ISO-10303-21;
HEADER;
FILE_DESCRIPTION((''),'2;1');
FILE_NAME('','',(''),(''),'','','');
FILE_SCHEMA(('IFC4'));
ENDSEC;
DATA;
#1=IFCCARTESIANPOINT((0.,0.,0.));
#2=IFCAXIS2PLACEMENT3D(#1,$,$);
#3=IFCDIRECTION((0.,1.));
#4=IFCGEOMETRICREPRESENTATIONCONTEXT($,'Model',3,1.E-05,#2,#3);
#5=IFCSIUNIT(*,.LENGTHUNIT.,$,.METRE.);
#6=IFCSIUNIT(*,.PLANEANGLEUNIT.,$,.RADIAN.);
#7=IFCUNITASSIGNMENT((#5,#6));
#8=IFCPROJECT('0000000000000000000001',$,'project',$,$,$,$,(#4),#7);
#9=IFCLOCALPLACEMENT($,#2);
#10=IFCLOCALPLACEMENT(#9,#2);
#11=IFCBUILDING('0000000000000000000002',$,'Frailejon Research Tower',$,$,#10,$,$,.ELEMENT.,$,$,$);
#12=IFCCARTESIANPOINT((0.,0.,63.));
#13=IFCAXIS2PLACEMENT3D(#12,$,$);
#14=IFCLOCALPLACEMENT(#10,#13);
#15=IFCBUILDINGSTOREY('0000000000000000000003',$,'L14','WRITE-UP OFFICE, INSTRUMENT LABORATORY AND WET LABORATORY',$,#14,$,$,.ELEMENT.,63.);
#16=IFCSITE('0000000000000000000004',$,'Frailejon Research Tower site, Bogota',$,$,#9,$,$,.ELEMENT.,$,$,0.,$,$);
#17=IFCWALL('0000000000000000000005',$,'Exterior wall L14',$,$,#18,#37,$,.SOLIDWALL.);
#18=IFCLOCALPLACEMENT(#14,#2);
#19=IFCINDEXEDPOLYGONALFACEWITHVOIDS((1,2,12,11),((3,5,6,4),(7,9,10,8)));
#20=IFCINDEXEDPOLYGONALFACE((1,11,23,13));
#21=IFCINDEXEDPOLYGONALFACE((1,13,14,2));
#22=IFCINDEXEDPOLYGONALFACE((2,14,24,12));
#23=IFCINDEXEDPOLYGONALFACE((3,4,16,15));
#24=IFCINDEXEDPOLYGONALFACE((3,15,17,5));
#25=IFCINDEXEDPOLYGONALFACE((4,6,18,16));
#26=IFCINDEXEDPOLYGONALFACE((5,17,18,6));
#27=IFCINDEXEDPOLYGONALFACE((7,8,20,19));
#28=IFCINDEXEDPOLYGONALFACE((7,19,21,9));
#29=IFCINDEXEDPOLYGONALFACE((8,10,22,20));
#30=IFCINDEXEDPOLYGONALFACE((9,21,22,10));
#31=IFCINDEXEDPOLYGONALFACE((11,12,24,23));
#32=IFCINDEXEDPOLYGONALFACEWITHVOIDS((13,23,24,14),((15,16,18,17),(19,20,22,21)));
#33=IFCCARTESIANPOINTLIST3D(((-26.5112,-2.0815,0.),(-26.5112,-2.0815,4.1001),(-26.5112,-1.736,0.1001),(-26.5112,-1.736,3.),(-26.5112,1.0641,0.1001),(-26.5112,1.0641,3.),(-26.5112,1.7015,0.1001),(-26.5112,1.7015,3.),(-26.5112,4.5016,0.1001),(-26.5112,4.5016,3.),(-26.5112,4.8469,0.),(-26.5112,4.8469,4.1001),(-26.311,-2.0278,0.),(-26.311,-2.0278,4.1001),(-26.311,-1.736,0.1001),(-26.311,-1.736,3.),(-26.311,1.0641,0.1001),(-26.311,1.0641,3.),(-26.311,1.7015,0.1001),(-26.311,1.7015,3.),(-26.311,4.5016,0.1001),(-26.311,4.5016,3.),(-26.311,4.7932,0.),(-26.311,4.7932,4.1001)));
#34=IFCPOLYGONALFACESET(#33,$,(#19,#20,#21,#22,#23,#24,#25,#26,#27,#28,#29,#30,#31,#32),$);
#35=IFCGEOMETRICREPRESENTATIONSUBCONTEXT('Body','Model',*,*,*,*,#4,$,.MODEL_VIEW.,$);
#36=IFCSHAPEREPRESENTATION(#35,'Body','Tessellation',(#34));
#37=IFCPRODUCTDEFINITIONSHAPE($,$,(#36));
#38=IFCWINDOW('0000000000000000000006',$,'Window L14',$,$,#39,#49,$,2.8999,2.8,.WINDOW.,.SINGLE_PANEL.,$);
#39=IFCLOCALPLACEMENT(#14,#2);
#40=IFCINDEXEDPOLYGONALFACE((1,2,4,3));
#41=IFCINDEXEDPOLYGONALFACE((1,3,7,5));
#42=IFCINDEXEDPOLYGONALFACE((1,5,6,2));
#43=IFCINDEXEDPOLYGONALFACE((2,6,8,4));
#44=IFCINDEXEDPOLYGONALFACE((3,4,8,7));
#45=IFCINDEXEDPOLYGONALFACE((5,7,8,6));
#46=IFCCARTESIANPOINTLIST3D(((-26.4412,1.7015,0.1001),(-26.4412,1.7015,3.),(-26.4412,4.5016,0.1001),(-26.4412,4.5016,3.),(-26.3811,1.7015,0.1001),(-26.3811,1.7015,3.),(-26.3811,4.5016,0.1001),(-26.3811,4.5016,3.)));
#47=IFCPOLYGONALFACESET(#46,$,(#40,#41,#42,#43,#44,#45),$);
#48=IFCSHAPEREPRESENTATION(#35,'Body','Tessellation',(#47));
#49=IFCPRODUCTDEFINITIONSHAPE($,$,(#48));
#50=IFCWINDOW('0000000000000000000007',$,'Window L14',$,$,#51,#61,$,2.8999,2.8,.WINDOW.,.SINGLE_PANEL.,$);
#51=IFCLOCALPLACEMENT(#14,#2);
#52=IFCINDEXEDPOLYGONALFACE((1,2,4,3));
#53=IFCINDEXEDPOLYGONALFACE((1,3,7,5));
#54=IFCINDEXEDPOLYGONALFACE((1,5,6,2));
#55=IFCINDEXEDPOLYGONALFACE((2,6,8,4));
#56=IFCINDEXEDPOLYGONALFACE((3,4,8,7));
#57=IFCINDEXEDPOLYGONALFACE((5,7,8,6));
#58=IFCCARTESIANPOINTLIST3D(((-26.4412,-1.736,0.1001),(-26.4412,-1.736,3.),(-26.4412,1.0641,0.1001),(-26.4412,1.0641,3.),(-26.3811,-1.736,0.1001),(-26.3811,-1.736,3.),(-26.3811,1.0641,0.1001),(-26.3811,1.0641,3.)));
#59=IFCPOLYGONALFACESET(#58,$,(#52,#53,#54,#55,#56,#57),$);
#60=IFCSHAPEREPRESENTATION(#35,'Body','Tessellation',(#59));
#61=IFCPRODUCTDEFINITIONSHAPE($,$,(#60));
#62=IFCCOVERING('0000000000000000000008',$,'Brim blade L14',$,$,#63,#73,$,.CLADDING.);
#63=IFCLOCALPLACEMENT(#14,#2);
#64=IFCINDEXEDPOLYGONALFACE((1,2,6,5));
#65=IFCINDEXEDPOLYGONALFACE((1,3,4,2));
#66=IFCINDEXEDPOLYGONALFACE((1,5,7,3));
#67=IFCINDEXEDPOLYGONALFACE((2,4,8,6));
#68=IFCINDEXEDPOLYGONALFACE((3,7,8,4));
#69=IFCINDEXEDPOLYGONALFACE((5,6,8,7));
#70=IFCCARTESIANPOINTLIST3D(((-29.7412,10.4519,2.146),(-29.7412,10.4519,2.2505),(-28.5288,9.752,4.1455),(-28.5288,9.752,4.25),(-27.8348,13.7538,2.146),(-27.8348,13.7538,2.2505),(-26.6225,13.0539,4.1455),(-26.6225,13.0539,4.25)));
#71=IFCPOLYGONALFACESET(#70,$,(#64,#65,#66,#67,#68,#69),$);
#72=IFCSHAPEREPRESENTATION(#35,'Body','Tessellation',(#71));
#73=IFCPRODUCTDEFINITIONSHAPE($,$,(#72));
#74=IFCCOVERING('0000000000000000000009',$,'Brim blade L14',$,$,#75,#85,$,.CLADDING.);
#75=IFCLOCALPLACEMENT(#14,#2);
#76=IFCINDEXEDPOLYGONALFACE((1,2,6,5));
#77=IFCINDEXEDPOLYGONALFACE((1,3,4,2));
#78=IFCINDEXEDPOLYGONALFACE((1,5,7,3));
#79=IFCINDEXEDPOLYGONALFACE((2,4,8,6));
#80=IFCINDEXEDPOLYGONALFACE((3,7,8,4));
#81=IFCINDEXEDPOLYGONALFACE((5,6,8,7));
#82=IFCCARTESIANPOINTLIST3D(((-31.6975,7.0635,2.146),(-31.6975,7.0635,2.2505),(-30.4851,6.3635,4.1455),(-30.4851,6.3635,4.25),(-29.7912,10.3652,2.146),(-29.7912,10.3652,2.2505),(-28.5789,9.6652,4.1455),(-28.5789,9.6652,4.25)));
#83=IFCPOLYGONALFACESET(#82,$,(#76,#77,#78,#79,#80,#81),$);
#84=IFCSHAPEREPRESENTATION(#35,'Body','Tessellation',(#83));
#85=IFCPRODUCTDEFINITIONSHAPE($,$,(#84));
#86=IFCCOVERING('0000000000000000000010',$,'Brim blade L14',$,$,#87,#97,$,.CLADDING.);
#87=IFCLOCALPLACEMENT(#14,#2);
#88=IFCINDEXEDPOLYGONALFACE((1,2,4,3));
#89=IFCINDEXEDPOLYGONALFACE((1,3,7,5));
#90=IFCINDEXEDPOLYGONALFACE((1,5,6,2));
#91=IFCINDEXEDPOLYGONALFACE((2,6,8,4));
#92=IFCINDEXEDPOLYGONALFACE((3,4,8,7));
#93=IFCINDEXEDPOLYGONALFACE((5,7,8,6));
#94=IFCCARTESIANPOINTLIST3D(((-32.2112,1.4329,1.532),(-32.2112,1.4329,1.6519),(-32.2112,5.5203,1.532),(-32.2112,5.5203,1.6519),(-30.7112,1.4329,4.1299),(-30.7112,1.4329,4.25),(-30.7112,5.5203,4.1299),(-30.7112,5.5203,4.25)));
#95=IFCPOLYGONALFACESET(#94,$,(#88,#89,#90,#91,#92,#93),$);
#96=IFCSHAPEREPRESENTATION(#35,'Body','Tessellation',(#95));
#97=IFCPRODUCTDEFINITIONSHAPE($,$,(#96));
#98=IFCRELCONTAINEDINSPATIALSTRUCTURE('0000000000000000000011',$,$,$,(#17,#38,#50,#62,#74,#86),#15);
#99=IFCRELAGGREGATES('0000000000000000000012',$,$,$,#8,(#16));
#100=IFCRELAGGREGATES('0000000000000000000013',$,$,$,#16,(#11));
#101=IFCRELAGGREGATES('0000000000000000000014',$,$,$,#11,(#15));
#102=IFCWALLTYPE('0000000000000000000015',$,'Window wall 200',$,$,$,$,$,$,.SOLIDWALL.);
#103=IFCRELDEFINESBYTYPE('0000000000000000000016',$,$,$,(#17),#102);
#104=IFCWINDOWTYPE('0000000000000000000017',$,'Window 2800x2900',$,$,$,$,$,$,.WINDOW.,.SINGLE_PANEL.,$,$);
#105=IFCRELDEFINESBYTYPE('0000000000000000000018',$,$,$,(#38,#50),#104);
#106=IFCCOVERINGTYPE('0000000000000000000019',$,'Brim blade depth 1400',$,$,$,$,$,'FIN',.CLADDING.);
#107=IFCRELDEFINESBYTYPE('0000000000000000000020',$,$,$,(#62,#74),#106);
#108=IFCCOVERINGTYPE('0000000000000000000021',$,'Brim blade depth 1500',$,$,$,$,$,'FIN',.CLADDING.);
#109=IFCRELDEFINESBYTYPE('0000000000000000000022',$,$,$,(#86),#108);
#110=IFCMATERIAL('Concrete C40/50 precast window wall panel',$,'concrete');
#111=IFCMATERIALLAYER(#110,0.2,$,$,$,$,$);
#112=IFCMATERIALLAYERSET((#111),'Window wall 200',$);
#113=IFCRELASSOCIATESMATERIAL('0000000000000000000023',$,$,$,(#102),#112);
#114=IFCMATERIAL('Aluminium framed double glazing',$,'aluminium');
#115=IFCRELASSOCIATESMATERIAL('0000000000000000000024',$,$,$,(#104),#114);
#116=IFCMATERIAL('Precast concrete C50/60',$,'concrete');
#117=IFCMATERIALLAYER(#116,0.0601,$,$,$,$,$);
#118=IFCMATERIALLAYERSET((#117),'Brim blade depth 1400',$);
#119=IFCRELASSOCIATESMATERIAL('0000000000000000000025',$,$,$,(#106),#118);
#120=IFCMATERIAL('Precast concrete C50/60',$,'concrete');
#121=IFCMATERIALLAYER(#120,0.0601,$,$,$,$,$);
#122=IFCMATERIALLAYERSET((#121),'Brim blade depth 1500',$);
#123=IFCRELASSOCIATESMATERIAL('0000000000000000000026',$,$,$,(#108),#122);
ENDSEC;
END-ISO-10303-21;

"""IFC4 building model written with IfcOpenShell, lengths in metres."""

from ifc_helpers import new_model, si_unit, direction, frame, frame_2d, origin, place, context, subcontext, project, spatial, polyline, rectangle, outline, extrude, material, layer, layer_set, type_object, element, fill, save


model = new_model("IFC4")

# Units and contexts
model_context = context("Model", 3, precision=1e-05, world=origin(), true_north=direction((0.0, 1.0)))
body_context = subcontext(model_context, "Body", "Model", "MODEL_VIEW")
ifc_project = project(units=[si_unit("LENGTHUNIT", "METRE"), si_unit("PLANEANGLEUNIT", "RADIAN")], contexts=[model_context])

# Site, building, storey
site_placement = place(None, origin())
site = spatial("IfcSite", under=ifc_project, at=site_placement, Name="Frailejon Research Tower site, Bogota", CompositionType="ELEMENT", RefElevation=0.0)
building_placement = place(site_placement, origin())
building = spatial("IfcBuilding", under=site, at=building_placement, Name="Frailejon Research Tower", CompositionType="ELEMENT")
storey_placement = place(building_placement, frame((0.0, 0.0, 63.0)))
storey = spatial("IfcBuildingStorey", under=building, at=storey_placement, Name="L14", Description="WRITE-UP OFFICE, INSTRUMENT LABORATORY AND WET LABORATORY", CompositionType="ELEMENT", Elevation=63.0)

# Wall, openings, windows
ifc_material_1 = material(Name="Concrete C40/50 precast window wall panel", Category="concrete")
ifc_layer_1 = layer(ifc_material_1, 0.2)
ifc_layer_set_1 = layer_set([ifc_layer_1], Name="Window wall 200")
wall_type_1 = type_object("IfcWallType", Name="Window wall 200", PredefinedType="SOLIDWALL", material=ifc_layer_set_1)
wall_1_placement = place(storey_placement, frame((-26.4111, 4.8201, 0.0), z_axis=(0.0, 0.0, 1.0), x_axis=(0.0, -1.0, 0.0)))
wall_1 = element("IfcWall", 1, at=wall_1_placement, inside=storey, type_object=wall_type_1, Name="Exterior wall L14", PredefinedType="SOLIDWALL", context=body_context, shape_type="SweptSolid", body=[
    extrude(outline(polyline([(-0.0269, -0.1001), (1.1279, -0.1001), (2.2827, -0.1001), (3.4375, -0.1001), (4.592, -0.1001), (5.7468, -0.1001), (6.9016, -0.1001), (6.8479, 0.1001), (5.7109, 0.1001), (4.5742, 0.1001), (3.4375, 0.1001), (2.3005, 0.1001), (1.1636, 0.1001), (0.0269, 0.1001), (-0.0269, -0.1001)])), origin(), (0.0, 0.0, 1.0), 4.1001),
])
opening_1_placement = place(wall_1_placement, frame((0.3186, 0.0, 0.1001)))
opening_1 = element("IfcOpeningElement", 2, at=opening_1_placement, cuts=wall_1, PredefinedType="OPENING", context=body_context, shape_type="SweptSolid", body=[
    extrude(rectangle(XDim=2.8, YDim=2.8999, at=frame_2d((1.3999, 1.45))), frame((0.0, 0.1099, 0.0), z_axis=(0.0, -1.0, 0.0), x_axis=(1.0, 0.0, 0.0)), (0.0, 0.0, 1.0), 0.22),
])
opening_2_placement = place(wall_1_placement, frame((3.7561, 0.0, 0.1001)))
opening_2 = element("IfcOpeningElement", 3, at=opening_2_placement, cuts=wall_1, PredefinedType="OPENING", context=body_context, shape_type="SweptSolid", body=[
    extrude(rectangle(XDim=2.8, YDim=2.8999, at=frame_2d((1.3999, 1.45))), frame((0.0, 0.1099, 0.0), z_axis=(0.0, -1.0, 0.0), x_axis=(1.0, 0.0, 0.0)), (0.0, 0.0, 1.0), 0.22),
])
ifc_material_2 = material(Name="Aluminium framed double glazing", Category="aluminium")
window_type = type_object("IfcWindowType", Name="Window 2800x2900", PartitioningType="SINGLE_PANEL", PredefinedType="WINDOW", material=ifc_material_2)
window_1_placement = place(opening_1_placement, origin())
window_1 = element("IfcWindow", 4, at=window_1_placement, inside=storey, type_object=window_type, Name="Window L14", OverallHeight=2.8999, OverallWidth=2.8, PartitioningType="SINGLE_PANEL", PredefinedType="WINDOW", context=body_context, shape_type="SweptSolid", body=[
    extrude(rectangle(XDim=2.8, YDim=2.8999, at=frame_2d((1.3999, 1.45))), frame((0.0, 0.03, 0.0), z_axis=(0.0, -1.0, 0.0), x_axis=(1.0, 0.0, 0.0)), (0.0, 0.0, 1.0), 0.0601),
])
fill(opening_1, window_1)
window_2_placement = place(opening_2_placement, origin())
window_2 = element("IfcWindow", 5, at=window_2_placement, inside=storey, type_object=window_type, Name="Window L14", OverallHeight=2.8999, OverallWidth=2.8, PartitioningType="SINGLE_PANEL", PredefinedType="WINDOW", context=body_context, shape_type="SweptSolid", body=[
    extrude(rectangle(XDim=2.8, YDim=2.8999, at=frame_2d((1.3999, 1.45))), frame((0.0, 0.03, 0.0), z_axis=(0.0, -1.0, 0.0), x_axis=(1.0, 0.0, 0.0)), (0.0, 0.0, 1.0), 0.0601),
])
fill(opening_2, window_2)

# Coverings
ifc_material_3 = material(Name="Precast concrete C50/60", Category="concrete")
ifc_layer_2 = layer(ifc_material_3, 0.0601)
ifc_layer_set_2 = layer_set([ifc_layer_2], Name="Brim blade depth 1400")
covering_type_1 = type_object("IfcCoveringType", Name="Brim blade depth 1400", ElementType="FIN", PredefinedType="CLADDING", material=ifc_layer_set_2)
covering_1_placement = place(storey_placement, frame((-28.5288, 9.752, 4.25), z_axis=(0.49999, 0.866031, 0.0), x_axis=(-0.866031, 0.49999, 0.0)))
element("IfcCovering", 6, at=covering_1_placement, inside=storey, type_object=covering_type_1, Name="Brim blade L14", PredefinedType="CLADDING", context=body_context, shape_type="SweptSolid", body=[
    extrude(outline(polyline([(0.0, -0.1045), (1.3999, -2.104), (1.3999, -1.9995), (0.0, 0.0), (0.0, -0.1045)])), origin(), (0.0, 0.0, 1.0), 3.8127),
])
covering_2_placement = place(storey_placement, frame((-30.4851, 6.3635, 4.25), z_axis=(0.500001, 0.866025, 0.0), x_axis=(-0.866025, 0.500001, 0.0)))
element("IfcCovering", 7, at=covering_2_placement, inside=storey, type_object=covering_type_1, Name="Brim blade L14", PredefinedType="CLADDING", context=body_context, shape_type="SweptSolid", body=[
    extrude(outline(polyline([(0.0, -0.1045), (1.3999, -2.104), (1.3999, -1.9995), (0.0, 0.0), (0.0, -0.1045)])), origin(), (0.0, 0.0, 1.0), 3.8125),
])
ifc_material_4 = material(Name="Precast concrete C50/60", Category="concrete")
ifc_layer_3 = layer(ifc_material_4, 0.0601)
ifc_layer_set_3 = layer_set([ifc_layer_3], Name="Brim blade depth 1500")
covering_type_2 = type_object("IfcCoveringType", Name="Brim blade depth 1500", ElementType="FIN", PredefinedType="CLADDING", material=ifc_layer_set_3)
covering_3_placement = place(storey_placement, frame((-30.7112, 1.4329, 4.25), z_axis=(0.0, 1.0, 0.0), x_axis=(-1.0, 0.0, 0.0)))
element("IfcCovering", 8, at=covering_3_placement, inside=storey, type_object=covering_type_2, Name="Brim blade L14", PredefinedType="CLADDING", context=body_context, shape_type="SweptSolid", body=[
    extrude(outline(polyline([(0.0, -0.1201), (1.5, -2.718), (1.5, -2.5981), (0.0, 0.0), (0.0, -0.1201)])), origin(), (0.0, 0.0, 1.0), 4.0874),
])

save(model, "model.ifc")
